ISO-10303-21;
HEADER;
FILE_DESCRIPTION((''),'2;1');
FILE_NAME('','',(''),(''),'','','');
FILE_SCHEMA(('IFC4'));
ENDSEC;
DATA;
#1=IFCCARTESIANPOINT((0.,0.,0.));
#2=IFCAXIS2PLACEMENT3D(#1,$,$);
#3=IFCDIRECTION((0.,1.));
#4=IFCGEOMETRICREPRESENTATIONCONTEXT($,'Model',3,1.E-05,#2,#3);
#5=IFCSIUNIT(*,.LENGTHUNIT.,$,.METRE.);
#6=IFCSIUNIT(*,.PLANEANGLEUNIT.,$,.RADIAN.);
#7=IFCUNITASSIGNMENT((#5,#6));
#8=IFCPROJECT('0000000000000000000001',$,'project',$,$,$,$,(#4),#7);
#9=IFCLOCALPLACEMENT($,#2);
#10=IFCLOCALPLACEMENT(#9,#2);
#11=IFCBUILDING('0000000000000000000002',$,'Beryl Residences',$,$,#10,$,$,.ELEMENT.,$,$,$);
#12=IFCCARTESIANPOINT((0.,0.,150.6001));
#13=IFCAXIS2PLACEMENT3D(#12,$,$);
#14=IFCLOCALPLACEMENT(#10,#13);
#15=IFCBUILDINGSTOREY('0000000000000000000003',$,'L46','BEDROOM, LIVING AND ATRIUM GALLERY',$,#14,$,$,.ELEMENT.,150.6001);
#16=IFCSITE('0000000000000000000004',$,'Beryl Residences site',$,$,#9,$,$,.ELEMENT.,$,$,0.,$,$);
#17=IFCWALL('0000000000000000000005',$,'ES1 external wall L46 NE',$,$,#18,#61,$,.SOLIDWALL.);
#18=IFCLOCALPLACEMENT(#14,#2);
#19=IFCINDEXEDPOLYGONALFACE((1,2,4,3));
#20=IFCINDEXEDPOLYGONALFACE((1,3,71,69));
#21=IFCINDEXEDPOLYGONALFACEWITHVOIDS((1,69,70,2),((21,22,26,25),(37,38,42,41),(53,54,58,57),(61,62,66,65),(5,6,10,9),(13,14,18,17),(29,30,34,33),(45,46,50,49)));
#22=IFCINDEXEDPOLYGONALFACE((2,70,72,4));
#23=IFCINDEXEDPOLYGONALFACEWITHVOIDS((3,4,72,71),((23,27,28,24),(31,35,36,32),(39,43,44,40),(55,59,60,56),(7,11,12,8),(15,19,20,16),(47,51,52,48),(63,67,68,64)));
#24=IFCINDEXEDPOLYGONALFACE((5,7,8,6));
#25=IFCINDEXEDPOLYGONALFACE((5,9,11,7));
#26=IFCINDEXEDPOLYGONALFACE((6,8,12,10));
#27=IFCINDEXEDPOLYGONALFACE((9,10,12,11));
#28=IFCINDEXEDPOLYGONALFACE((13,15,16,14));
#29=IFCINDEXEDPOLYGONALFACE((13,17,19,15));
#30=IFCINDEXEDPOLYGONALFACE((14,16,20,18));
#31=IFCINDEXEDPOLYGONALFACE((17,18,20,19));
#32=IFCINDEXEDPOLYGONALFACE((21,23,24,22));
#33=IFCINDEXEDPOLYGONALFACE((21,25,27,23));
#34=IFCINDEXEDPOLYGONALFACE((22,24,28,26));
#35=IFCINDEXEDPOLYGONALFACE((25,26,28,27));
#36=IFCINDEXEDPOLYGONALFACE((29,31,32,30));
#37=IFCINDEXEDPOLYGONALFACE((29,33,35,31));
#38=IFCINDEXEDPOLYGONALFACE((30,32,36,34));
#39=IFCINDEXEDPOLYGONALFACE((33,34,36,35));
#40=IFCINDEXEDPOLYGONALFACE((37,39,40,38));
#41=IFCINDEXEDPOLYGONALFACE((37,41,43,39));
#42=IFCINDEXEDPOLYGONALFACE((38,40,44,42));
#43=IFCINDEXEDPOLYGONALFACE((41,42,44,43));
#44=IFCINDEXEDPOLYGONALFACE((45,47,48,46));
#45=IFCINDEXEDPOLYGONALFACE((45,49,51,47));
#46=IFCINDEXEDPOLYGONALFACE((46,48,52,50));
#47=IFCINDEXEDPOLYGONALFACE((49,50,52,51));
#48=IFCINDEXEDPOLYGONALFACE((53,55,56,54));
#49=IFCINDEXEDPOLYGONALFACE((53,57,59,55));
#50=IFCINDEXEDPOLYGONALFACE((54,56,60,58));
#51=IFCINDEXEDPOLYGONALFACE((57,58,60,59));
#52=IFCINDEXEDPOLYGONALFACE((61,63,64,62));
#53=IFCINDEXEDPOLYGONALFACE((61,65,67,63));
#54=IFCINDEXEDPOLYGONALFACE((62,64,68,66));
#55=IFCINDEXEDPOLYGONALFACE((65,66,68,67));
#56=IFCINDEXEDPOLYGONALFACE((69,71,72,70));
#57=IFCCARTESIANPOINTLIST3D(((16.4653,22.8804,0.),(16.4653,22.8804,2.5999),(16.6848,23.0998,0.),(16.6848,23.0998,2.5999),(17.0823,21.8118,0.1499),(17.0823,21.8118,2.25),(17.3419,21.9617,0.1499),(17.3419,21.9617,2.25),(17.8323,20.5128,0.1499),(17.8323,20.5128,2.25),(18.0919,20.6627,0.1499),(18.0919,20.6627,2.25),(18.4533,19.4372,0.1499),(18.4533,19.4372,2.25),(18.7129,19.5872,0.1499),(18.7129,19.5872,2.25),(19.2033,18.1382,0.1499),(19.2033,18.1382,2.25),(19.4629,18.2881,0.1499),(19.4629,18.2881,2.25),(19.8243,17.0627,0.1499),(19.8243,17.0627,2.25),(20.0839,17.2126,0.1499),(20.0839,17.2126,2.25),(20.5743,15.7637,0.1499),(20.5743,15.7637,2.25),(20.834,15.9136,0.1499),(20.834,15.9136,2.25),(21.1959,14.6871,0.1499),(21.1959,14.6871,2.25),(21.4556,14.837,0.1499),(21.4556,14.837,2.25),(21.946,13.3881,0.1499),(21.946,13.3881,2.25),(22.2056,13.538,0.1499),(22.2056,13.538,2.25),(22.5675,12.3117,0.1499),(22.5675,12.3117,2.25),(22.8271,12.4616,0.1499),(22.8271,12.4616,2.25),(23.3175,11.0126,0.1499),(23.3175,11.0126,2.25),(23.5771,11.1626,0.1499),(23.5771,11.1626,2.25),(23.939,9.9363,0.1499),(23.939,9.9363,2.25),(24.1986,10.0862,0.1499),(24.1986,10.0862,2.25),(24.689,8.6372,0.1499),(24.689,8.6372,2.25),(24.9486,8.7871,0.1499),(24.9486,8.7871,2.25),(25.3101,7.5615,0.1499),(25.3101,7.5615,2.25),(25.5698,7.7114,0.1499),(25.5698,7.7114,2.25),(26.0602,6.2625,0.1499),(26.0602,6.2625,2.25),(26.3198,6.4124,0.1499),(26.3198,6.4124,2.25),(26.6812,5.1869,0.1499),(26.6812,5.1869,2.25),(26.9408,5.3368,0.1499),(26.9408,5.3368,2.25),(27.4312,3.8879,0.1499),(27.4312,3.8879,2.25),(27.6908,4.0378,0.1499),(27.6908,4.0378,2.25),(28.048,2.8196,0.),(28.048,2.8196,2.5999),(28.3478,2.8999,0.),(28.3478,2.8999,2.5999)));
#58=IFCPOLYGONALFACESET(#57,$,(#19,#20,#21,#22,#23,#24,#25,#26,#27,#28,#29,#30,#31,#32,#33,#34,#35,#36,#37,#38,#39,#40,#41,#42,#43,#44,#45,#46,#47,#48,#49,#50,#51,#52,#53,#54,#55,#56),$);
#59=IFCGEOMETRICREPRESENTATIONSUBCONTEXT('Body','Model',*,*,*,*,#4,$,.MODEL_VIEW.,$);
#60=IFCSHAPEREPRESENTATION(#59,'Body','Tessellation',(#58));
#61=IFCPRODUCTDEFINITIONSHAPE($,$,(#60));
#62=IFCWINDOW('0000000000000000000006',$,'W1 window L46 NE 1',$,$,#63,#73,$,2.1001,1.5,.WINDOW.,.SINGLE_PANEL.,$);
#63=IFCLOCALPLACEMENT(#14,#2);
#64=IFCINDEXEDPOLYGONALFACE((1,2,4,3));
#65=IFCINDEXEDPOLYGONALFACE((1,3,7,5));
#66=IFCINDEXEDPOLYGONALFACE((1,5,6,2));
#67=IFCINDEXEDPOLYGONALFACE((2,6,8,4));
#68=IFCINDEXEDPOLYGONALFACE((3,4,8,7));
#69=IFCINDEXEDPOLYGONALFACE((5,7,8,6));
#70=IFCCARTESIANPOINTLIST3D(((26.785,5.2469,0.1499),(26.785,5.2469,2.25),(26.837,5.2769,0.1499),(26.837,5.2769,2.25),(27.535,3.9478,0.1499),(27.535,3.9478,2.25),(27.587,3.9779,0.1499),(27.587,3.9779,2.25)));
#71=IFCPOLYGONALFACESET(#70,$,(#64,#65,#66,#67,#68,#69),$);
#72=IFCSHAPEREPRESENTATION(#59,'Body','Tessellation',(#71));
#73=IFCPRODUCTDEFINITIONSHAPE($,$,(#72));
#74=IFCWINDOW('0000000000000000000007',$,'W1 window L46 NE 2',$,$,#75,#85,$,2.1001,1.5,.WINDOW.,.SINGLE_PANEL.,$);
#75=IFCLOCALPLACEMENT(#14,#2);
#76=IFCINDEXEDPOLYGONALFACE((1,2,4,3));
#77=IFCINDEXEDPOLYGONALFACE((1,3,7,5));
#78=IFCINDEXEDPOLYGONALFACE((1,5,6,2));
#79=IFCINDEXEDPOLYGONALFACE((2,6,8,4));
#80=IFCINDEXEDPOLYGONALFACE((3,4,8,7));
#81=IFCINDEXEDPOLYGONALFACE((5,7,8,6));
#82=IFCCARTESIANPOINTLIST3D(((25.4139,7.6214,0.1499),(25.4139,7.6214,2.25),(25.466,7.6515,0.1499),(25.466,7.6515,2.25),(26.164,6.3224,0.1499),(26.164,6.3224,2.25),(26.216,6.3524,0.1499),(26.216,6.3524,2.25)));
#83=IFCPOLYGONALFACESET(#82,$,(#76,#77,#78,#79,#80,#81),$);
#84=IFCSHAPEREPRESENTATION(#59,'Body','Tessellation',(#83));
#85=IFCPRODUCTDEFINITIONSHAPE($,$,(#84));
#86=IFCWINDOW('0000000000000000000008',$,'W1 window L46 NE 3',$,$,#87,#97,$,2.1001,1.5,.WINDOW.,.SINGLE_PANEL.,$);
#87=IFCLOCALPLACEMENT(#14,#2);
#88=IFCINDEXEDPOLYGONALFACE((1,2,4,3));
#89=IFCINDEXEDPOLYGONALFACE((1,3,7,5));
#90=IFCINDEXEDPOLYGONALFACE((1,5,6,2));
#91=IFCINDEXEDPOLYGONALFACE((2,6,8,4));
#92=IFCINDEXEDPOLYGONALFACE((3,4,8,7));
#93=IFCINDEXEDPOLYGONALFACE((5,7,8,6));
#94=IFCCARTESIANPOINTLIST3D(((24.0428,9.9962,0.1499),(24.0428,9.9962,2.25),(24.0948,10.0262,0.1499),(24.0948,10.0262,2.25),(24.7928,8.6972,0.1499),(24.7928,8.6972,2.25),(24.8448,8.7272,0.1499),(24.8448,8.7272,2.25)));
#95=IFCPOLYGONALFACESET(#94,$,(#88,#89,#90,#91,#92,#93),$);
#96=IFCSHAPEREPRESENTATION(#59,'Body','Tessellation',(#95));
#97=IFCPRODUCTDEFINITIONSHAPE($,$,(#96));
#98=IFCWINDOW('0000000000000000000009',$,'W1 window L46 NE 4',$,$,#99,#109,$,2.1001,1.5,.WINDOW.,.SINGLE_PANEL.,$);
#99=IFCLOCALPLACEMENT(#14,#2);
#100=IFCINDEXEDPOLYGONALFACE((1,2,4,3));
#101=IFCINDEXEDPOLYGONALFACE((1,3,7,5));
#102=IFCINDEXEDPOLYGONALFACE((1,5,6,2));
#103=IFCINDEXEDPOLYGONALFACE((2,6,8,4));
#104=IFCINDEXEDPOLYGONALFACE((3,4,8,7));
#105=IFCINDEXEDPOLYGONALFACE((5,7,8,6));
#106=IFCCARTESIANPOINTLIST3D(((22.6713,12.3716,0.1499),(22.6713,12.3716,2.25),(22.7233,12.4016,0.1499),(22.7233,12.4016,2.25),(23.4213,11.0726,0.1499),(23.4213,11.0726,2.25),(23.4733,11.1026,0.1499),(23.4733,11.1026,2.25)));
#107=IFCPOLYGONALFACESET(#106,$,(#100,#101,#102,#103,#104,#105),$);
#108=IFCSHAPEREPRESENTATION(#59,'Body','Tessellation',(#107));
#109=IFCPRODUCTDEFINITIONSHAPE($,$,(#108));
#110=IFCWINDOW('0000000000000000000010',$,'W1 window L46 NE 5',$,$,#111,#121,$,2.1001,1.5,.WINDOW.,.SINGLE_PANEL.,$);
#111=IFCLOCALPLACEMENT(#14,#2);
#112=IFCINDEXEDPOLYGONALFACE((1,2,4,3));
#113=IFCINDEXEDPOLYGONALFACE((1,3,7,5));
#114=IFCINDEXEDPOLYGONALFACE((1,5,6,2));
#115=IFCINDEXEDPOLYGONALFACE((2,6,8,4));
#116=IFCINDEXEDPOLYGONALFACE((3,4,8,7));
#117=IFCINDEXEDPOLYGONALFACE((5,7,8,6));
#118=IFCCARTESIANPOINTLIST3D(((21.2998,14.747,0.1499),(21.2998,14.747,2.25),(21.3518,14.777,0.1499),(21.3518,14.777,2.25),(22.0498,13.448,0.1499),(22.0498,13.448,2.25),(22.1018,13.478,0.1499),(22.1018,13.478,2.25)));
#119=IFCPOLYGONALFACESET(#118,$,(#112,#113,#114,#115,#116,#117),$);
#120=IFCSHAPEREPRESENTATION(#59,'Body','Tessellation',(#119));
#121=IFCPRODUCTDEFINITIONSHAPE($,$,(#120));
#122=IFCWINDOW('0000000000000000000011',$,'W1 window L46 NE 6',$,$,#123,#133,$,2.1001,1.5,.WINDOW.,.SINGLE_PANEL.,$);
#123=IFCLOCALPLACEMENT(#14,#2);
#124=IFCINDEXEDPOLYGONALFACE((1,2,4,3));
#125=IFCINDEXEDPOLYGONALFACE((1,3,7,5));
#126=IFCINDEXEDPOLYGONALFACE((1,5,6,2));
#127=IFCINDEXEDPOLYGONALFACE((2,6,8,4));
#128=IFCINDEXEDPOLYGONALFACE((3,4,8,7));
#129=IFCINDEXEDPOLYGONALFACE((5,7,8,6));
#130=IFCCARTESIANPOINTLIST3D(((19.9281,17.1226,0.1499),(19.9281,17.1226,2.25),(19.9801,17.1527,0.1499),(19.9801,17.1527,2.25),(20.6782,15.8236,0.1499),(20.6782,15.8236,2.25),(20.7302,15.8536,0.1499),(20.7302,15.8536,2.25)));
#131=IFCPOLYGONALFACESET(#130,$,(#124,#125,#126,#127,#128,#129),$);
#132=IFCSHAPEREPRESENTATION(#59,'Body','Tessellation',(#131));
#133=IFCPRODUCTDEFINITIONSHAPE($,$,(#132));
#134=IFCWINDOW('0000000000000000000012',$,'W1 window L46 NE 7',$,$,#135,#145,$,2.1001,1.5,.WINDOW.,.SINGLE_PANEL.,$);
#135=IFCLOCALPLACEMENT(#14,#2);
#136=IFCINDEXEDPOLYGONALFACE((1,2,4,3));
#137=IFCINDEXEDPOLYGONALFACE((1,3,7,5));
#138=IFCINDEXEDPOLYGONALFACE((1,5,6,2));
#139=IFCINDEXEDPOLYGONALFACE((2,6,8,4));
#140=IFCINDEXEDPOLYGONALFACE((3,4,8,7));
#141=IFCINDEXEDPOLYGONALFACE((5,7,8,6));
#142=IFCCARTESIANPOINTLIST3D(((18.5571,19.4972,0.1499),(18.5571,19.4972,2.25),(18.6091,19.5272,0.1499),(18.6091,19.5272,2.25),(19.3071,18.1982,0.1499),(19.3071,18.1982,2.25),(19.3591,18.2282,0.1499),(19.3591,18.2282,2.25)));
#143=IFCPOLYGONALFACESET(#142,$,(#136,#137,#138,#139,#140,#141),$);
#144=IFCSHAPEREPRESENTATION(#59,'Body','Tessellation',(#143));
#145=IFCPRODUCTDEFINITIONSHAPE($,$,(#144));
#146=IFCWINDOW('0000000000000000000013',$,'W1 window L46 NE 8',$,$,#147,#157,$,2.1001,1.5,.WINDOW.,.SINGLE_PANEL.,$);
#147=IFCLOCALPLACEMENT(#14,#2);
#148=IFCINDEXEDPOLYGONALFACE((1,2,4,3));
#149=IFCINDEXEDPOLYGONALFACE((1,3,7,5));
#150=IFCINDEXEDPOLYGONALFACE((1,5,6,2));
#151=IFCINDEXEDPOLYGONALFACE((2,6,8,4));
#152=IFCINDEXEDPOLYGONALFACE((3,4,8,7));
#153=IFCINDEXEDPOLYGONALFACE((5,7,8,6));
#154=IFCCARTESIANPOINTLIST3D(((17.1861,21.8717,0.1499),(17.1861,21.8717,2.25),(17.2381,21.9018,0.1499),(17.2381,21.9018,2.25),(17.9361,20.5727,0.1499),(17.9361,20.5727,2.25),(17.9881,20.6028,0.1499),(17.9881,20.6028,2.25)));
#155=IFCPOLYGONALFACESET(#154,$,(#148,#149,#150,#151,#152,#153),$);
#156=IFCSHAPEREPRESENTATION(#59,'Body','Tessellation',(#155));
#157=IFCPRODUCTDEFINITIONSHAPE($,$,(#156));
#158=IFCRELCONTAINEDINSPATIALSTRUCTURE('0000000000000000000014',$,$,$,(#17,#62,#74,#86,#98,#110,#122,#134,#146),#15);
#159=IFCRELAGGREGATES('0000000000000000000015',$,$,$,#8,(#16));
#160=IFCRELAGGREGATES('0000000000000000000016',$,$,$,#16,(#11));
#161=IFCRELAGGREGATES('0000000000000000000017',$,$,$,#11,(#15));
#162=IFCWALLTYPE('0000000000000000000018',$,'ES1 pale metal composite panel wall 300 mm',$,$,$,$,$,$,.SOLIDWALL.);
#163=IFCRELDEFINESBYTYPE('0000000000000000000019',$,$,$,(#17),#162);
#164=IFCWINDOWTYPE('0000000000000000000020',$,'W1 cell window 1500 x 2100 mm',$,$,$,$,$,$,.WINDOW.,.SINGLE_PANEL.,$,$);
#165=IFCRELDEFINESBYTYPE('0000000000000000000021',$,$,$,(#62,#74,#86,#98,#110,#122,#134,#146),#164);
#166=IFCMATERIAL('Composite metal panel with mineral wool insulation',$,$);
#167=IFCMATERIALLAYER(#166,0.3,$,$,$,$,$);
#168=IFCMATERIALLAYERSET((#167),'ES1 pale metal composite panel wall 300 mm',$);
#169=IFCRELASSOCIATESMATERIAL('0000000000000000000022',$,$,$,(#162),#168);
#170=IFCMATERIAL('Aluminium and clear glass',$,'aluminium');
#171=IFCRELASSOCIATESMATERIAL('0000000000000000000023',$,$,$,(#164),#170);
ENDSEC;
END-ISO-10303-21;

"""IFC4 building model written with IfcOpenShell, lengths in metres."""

from ifc_helpers import new_model, si_unit, direction, frame, frame_2d, origin, place, context, subcontext, project, spatial, polyline, rectangle, outline, extrude, material, layer, layer_set, type_object, element, fill, save


model = new_model("IFC4")

# Units and contexts
model_context = context("Model", 3, precision=1e-05, world=origin(), true_north=direction((0.0, 1.0)))
body_context = subcontext(model_context, "Body", "Model", "MODEL_VIEW")
ifc_project = project(units=[si_unit("LENGTHUNIT", "METRE"), si_unit("PLANEANGLEUNIT", "RADIAN")], contexts=[model_context])

# Site, building, storey
site_placement = place(None, origin())
site = spatial("IfcSite", under=ifc_project, at=site_placement, Name="Beryl Residences site", CompositionType="ELEMENT", RefElevation=0.0)
building_placement = place(site_placement, origin())
building = spatial("IfcBuilding", under=site, at=building_placement, Name="Beryl Residences", CompositionType="ELEMENT")
storey_placement = place(building_placement, frame((0.0, 0.0, 150.6001)))
storey = spatial("IfcBuildingStorey", under=building, at=storey_placement, Name="L46", Description="BEDROOM, LIVING AND ATRIUM GALLERY", CompositionType="ELEMENT", Elevation=150.6001)

# Wall, openings, windows
ifc_material_1 = material(Name="Composite metal panel with mineral wool insulation")
ifc_layer = layer(ifc_material_1, 0.3)
ifc_layer_set = layer_set([ifc_layer], Name="ES1 pale metal composite panel wall 300 mm")
wall_type = type_object("IfcWallType", Name="ES1 pale metal composite panel wall 300 mm", PredefinedType="SOLIDWALL", material=ifc_layer_set)
wall_placement = place(storey_placement, frame((28.218, 2.825, 0.0), z_axis=(0.0, 0.0, 1.0), x_axis=(-0.500021, 0.866014, 0.0)))
wall = element("IfcWall", 1, at=wall_placement, inside=storey, type_object=wall_type, Name="ES1 external wall L46 NE", PredefinedType="SOLIDWALL", context=body_context, shape_type="SweptSolid", body=[
    extrude(outline(polyline([(0.0, -0.1499), (23.3252, -0.1499), (23.2449, 0.1499), (0.0803, 0.1499), (0.0, -0.1499)])), origin(), (0.0, 0.0, 1.0), 2.5999),
])
opening_1_placement = place(wall_placement, frame((1.314, 0.0, 0.1499)))
opening_1 = element("IfcOpeningElement", 2, at=opening_1_placement, cuts=wall, PredefinedType="OPENING", context=body_context, shape_type="SweptSolid", body=[
    extrude(rectangle(XDim=1.5, YDim=2.1001, at=frame_2d((0.75, 1.05))), frame((0.0, 0.1599, 0.0), z_axis=(0.0, -1.0, 0.0), x_axis=(1.0, 0.0, 0.0)), (0.0, 0.0, 1.0), 0.3201),
])
opening_2_placement = place(wall_placement, frame((4.0559, 0.0, 0.1499)))
opening_2 = element("IfcOpeningElement", 3, at=opening_2_placement, cuts=wall, PredefinedType="OPENING", context=body_context, shape_type="SweptSolid", body=[
    extrude(rectangle(XDim=1.5, YDim=2.1001, at=frame_2d((0.75, 1.05))), frame((0.0, 0.1599, 0.0), z_axis=(0.0, -1.0, 0.0), x_axis=(1.0, 0.0, 0.0)), (0.0, 0.0, 1.0), 0.3201),
])
opening_3_placement = place(wall_placement, frame((6.7981, 0.0, 0.1499)))
opening_3 = element("IfcOpeningElement", 4, at=opening_3_placement, cuts=wall, PredefinedType="OPENING", context=body_context, shape_type="SweptSolid", body=[
    extrude(rectangle(XDim=1.5, YDim=2.1001, at=frame_2d((0.75, 1.05))), frame((0.0, 0.1599, 0.0), z_axis=(0.0, -1.0, 0.0), x_axis=(1.0, 0.0, 0.0)), (0.0, 0.0, 1.0), 0.3201),
])
opening_4_placement = place(wall_placement, frame((9.541, 0.0, 0.1499)))
opening_4 = element("IfcOpeningElement", 5, at=opening_4_placement, cuts=wall, PredefinedType="OPENING", context=body_context, shape_type="SweptSolid", body=[
    extrude(rectangle(XDim=1.5, YDim=2.1001, at=frame_2d((0.75, 1.05))), frame((0.0, 0.1599, 0.0), z_axis=(0.0, -1.0, 0.0), x_axis=(1.0, 0.0, 0.0)), (0.0, 0.0, 1.0), 0.3201),
])
opening_5_placement = place(wall_placement, frame((12.2839, 0.0, 0.1499)))
opening_5 = element("IfcOpeningElement", 6, at=opening_5_placement, cuts=wall, PredefinedType="OPENING", context=body_context, shape_type="SweptSolid", body=[
    extrude(rectangle(XDim=1.5, YDim=2.1001, at=frame_2d((0.75, 1.05))), frame((0.0, 0.1599, 0.0), z_axis=(0.0, -1.0, 0.0), x_axis=(1.0, 0.0, 0.0)), (0.0, 0.0, 1.0), 0.3201),
])
opening_6_placement = place(wall_placement, frame((15.0271, 0.0, 0.1499)))
opening_6 = element("IfcOpeningElement", 7, at=opening_6_placement, cuts=wall, PredefinedType="OPENING", context=body_context, shape_type="SweptSolid", body=[
    extrude(rectangle(XDim=1.5, YDim=2.1001, at=frame_2d((0.75, 1.05))), frame((0.0, 0.1599, 0.0), z_axis=(0.0, -1.0, 0.0), x_axis=(1.0, 0.0, 0.0)), (0.0, 0.0, 1.0), 0.3201),
])
opening_7_placement = place(wall_placement, frame((17.769, 0.0, 0.1499)))
opening_7 = element("IfcOpeningElement", 8, at=opening_7_placement, cuts=wall, PredefinedType="OPENING", context=body_context, shape_type="SweptSolid", body=[
    extrude(rectangle(XDim=1.5, YDim=2.1001, at=frame_2d((0.75, 1.05))), frame((0.0, 0.1599, 0.0), z_axis=(0.0, -1.0, 0.0), x_axis=(1.0, 0.0, 0.0)), (0.0, 0.0, 1.0), 0.3201),
])
opening_8_placement = place(wall_placement, frame((20.511, 0.0, 0.1499)))
opening_8 = element("IfcOpeningElement", 9, at=opening_8_placement, cuts=wall, PredefinedType="OPENING", context=body_context, shape_type="SweptSolid", body=[
    extrude(rectangle(XDim=1.5, YDim=2.1001, at=frame_2d((0.75, 1.05))), frame((0.0, 0.1599, 0.0), z_axis=(0.0, -1.0, 0.0), x_axis=(1.0, 0.0, 0.0)), (0.0, 0.0, 1.0), 0.3201),
])
ifc_material_2 = material(Name="Aluminium and clear glass", Category="aluminium")
window_type = type_object("IfcWindowType", Name="W1 cell window 1500 x 2100 mm", PartitioningType="SINGLE_PANEL", PredefinedType="WINDOW", material=ifc_material_2)
window_1_placement = place(opening_1_placement, origin())
window_1 = element("IfcWindow", 10, at=window_1_placement, inside=storey, type_object=window_type, Name="W1 window L46 NE 1", OverallHeight=2.1001, OverallWidth=1.5, PartitioningType="SINGLE_PANEL", PredefinedType="WINDOW", context=body_context, shape_type="SweptSolid", body=[
    extrude(rectangle(XDim=1.5, YDim=2.1001, at=frame_2d((0.75, 1.05))), frame((0.0, 0.03, 0.0), z_axis=(0.0, -1.0, 0.0), x_axis=(1.0, 0.0, 0.0)), (0.0, 0.0, 1.0), 0.0601),
])
fill(opening_1, window_1)
window_2_placement = place(opening_2_placement, origin())
window_2 = element("IfcWindow", 11, at=window_2_placement, inside=storey, type_object=window_type, Name="W1 window L46 NE 2", OverallHeight=2.1001, OverallWidth=1.5, PartitioningType="SINGLE_PANEL", PredefinedType="WINDOW", context=body_context, shape_type="SweptSolid", body=[
    extrude(rectangle(XDim=1.5, YDim=2.1001, at=frame_2d((0.75, 1.05))), frame((0.0, 0.03, 0.0), z_axis=(0.0, -1.0, 0.0), x_axis=(1.0, 0.0, 0.0)), (0.0, 0.0, 1.0), 0.0601),
])
fill(opening_2, window_2)
window_3_placement = place(opening_3_placement, origin())
window_3 = element("IfcWindow", 12, at=window_3_placement, inside=storey, type_object=window_type, Name="W1 window L46 NE 3", OverallHeight=2.1001, OverallWidth=1.5, PartitioningType="SINGLE_PANEL", PredefinedType="WINDOW", context=body_context, shape_type="SweptSolid", body=[
    extrude(rectangle(XDim=1.5, YDim=2.1001, at=frame_2d((0.75, 1.05))), frame((0.0, 0.03, 0.0), z_axis=(0.0, -1.0, 0.0), x_axis=(1.0, 0.0, 0.0)), (0.0, 0.0, 1.0), 0.0601),
])
fill(opening_3, window_3)
window_4_placement = place(opening_4_placement, origin())
window_4 = element("IfcWindow", 13, at=window_4_placement, inside=storey, type_object=window_type, Name="W1 window L46 NE 4", OverallHeight=2.1001, OverallWidth=1.5, PartitioningType="SINGLE_PANEL", PredefinedType="WINDOW", context=body_context, shape_type="SweptSolid", body=[
    extrude(rectangle(XDim=1.5, YDim=2.1001, at=frame_2d((0.75, 1.05))), frame((0.0, 0.03, 0.0), z_axis=(0.0, -1.0, 0.0), x_axis=(1.0, 0.0, 0.0)), (0.0, 0.0, 1.0), 0.0601),
])
fill(opening_4, window_4)
window_5_placement = place(opening_5_placement, origin())
window_5 = element("IfcWindow", 14, at=window_5_placement, inside=storey, type_object=window_type, Name="W1 window L46 NE 5", OverallHeight=2.1001, OverallWidth=1.5, PartitioningType="SINGLE_PANEL", PredefinedType="WINDOW", context=body_context, shape_type="SweptSolid", body=[
    extrude(rectangle(XDim=1.5, YDim=2.1001, at=frame_2d((0.75, 1.05))), frame((0.0, 0.03, 0.0), z_axis=(0.0, -1.0, 0.0), x_axis=(1.0, 0.0, 0.0)), (0.0, 0.0, 1.0), 0.0601),
])
fill(opening_5, window_5)
window_6_placement = place(opening_6_placement, origin())
window_6 = element("IfcWindow", 15, at=window_6_placement, inside=storey, type_object=window_type, Name="W1 window L46 NE 6", OverallHeight=2.1001, OverallWidth=1.5, PartitioningType="SINGLE_PANEL", PredefinedType="WINDOW", context=body_context, shape_type="SweptSolid", body=[
    extrude(rectangle(XDim=1.5, YDim=2.1001, at=frame_2d((0.75, 1.05))), frame((0.0, 0.03, 0.0), z_axis=(0.0, -1.0, 0.0), x_axis=(1.0, 0.0, 0.0)), (0.0, 0.0, 1.0), 0.0601),
])
fill(opening_6, window_6)
window_7_placement = place(opening_7_placement, origin())
window_7 = element("IfcWindow", 16, at=window_7_placement, inside=storey, type_object=window_type, Name="W1 window L46 NE 7", OverallHeight=2.1001, OverallWidth=1.5, PartitioningType="SINGLE_PANEL", PredefinedType="WINDOW", context=body_context, shape_type="SweptSolid", body=[
    extrude(rectangle(XDim=1.5, YDim=2.1001, at=frame_2d((0.75, 1.05))), frame((0.0, 0.03, 0.0), z_axis=(0.0, -1.0, 0.0), x_axis=(1.0, 0.0, 0.0)), (0.0, 0.0, 1.0), 0.0601),
])
fill(opening_7, window_7)
window_8_placement = place(opening_8_placement, origin())
window_8 = element("IfcWindow", 17, at=window_8_placement, inside=storey, type_object=window_type, Name="W1 window L46 NE 8", OverallHeight=2.1001, OverallWidth=1.5, PartitioningType="SINGLE_PANEL", PredefinedType="WINDOW", context=body_context, shape_type="SweptSolid", body=[
    extrude(rectangle(XDim=1.5, YDim=2.1001, at=frame_2d((0.75, 1.05))), frame((0.0, 0.03, 0.0), z_axis=(0.0, -1.0, 0.0), x_axis=(1.0, 0.0, 0.0)), (0.0, 0.0, 1.0), 0.0601),
])
fill(opening_8, window_8)

save(model, "model.ifc")
